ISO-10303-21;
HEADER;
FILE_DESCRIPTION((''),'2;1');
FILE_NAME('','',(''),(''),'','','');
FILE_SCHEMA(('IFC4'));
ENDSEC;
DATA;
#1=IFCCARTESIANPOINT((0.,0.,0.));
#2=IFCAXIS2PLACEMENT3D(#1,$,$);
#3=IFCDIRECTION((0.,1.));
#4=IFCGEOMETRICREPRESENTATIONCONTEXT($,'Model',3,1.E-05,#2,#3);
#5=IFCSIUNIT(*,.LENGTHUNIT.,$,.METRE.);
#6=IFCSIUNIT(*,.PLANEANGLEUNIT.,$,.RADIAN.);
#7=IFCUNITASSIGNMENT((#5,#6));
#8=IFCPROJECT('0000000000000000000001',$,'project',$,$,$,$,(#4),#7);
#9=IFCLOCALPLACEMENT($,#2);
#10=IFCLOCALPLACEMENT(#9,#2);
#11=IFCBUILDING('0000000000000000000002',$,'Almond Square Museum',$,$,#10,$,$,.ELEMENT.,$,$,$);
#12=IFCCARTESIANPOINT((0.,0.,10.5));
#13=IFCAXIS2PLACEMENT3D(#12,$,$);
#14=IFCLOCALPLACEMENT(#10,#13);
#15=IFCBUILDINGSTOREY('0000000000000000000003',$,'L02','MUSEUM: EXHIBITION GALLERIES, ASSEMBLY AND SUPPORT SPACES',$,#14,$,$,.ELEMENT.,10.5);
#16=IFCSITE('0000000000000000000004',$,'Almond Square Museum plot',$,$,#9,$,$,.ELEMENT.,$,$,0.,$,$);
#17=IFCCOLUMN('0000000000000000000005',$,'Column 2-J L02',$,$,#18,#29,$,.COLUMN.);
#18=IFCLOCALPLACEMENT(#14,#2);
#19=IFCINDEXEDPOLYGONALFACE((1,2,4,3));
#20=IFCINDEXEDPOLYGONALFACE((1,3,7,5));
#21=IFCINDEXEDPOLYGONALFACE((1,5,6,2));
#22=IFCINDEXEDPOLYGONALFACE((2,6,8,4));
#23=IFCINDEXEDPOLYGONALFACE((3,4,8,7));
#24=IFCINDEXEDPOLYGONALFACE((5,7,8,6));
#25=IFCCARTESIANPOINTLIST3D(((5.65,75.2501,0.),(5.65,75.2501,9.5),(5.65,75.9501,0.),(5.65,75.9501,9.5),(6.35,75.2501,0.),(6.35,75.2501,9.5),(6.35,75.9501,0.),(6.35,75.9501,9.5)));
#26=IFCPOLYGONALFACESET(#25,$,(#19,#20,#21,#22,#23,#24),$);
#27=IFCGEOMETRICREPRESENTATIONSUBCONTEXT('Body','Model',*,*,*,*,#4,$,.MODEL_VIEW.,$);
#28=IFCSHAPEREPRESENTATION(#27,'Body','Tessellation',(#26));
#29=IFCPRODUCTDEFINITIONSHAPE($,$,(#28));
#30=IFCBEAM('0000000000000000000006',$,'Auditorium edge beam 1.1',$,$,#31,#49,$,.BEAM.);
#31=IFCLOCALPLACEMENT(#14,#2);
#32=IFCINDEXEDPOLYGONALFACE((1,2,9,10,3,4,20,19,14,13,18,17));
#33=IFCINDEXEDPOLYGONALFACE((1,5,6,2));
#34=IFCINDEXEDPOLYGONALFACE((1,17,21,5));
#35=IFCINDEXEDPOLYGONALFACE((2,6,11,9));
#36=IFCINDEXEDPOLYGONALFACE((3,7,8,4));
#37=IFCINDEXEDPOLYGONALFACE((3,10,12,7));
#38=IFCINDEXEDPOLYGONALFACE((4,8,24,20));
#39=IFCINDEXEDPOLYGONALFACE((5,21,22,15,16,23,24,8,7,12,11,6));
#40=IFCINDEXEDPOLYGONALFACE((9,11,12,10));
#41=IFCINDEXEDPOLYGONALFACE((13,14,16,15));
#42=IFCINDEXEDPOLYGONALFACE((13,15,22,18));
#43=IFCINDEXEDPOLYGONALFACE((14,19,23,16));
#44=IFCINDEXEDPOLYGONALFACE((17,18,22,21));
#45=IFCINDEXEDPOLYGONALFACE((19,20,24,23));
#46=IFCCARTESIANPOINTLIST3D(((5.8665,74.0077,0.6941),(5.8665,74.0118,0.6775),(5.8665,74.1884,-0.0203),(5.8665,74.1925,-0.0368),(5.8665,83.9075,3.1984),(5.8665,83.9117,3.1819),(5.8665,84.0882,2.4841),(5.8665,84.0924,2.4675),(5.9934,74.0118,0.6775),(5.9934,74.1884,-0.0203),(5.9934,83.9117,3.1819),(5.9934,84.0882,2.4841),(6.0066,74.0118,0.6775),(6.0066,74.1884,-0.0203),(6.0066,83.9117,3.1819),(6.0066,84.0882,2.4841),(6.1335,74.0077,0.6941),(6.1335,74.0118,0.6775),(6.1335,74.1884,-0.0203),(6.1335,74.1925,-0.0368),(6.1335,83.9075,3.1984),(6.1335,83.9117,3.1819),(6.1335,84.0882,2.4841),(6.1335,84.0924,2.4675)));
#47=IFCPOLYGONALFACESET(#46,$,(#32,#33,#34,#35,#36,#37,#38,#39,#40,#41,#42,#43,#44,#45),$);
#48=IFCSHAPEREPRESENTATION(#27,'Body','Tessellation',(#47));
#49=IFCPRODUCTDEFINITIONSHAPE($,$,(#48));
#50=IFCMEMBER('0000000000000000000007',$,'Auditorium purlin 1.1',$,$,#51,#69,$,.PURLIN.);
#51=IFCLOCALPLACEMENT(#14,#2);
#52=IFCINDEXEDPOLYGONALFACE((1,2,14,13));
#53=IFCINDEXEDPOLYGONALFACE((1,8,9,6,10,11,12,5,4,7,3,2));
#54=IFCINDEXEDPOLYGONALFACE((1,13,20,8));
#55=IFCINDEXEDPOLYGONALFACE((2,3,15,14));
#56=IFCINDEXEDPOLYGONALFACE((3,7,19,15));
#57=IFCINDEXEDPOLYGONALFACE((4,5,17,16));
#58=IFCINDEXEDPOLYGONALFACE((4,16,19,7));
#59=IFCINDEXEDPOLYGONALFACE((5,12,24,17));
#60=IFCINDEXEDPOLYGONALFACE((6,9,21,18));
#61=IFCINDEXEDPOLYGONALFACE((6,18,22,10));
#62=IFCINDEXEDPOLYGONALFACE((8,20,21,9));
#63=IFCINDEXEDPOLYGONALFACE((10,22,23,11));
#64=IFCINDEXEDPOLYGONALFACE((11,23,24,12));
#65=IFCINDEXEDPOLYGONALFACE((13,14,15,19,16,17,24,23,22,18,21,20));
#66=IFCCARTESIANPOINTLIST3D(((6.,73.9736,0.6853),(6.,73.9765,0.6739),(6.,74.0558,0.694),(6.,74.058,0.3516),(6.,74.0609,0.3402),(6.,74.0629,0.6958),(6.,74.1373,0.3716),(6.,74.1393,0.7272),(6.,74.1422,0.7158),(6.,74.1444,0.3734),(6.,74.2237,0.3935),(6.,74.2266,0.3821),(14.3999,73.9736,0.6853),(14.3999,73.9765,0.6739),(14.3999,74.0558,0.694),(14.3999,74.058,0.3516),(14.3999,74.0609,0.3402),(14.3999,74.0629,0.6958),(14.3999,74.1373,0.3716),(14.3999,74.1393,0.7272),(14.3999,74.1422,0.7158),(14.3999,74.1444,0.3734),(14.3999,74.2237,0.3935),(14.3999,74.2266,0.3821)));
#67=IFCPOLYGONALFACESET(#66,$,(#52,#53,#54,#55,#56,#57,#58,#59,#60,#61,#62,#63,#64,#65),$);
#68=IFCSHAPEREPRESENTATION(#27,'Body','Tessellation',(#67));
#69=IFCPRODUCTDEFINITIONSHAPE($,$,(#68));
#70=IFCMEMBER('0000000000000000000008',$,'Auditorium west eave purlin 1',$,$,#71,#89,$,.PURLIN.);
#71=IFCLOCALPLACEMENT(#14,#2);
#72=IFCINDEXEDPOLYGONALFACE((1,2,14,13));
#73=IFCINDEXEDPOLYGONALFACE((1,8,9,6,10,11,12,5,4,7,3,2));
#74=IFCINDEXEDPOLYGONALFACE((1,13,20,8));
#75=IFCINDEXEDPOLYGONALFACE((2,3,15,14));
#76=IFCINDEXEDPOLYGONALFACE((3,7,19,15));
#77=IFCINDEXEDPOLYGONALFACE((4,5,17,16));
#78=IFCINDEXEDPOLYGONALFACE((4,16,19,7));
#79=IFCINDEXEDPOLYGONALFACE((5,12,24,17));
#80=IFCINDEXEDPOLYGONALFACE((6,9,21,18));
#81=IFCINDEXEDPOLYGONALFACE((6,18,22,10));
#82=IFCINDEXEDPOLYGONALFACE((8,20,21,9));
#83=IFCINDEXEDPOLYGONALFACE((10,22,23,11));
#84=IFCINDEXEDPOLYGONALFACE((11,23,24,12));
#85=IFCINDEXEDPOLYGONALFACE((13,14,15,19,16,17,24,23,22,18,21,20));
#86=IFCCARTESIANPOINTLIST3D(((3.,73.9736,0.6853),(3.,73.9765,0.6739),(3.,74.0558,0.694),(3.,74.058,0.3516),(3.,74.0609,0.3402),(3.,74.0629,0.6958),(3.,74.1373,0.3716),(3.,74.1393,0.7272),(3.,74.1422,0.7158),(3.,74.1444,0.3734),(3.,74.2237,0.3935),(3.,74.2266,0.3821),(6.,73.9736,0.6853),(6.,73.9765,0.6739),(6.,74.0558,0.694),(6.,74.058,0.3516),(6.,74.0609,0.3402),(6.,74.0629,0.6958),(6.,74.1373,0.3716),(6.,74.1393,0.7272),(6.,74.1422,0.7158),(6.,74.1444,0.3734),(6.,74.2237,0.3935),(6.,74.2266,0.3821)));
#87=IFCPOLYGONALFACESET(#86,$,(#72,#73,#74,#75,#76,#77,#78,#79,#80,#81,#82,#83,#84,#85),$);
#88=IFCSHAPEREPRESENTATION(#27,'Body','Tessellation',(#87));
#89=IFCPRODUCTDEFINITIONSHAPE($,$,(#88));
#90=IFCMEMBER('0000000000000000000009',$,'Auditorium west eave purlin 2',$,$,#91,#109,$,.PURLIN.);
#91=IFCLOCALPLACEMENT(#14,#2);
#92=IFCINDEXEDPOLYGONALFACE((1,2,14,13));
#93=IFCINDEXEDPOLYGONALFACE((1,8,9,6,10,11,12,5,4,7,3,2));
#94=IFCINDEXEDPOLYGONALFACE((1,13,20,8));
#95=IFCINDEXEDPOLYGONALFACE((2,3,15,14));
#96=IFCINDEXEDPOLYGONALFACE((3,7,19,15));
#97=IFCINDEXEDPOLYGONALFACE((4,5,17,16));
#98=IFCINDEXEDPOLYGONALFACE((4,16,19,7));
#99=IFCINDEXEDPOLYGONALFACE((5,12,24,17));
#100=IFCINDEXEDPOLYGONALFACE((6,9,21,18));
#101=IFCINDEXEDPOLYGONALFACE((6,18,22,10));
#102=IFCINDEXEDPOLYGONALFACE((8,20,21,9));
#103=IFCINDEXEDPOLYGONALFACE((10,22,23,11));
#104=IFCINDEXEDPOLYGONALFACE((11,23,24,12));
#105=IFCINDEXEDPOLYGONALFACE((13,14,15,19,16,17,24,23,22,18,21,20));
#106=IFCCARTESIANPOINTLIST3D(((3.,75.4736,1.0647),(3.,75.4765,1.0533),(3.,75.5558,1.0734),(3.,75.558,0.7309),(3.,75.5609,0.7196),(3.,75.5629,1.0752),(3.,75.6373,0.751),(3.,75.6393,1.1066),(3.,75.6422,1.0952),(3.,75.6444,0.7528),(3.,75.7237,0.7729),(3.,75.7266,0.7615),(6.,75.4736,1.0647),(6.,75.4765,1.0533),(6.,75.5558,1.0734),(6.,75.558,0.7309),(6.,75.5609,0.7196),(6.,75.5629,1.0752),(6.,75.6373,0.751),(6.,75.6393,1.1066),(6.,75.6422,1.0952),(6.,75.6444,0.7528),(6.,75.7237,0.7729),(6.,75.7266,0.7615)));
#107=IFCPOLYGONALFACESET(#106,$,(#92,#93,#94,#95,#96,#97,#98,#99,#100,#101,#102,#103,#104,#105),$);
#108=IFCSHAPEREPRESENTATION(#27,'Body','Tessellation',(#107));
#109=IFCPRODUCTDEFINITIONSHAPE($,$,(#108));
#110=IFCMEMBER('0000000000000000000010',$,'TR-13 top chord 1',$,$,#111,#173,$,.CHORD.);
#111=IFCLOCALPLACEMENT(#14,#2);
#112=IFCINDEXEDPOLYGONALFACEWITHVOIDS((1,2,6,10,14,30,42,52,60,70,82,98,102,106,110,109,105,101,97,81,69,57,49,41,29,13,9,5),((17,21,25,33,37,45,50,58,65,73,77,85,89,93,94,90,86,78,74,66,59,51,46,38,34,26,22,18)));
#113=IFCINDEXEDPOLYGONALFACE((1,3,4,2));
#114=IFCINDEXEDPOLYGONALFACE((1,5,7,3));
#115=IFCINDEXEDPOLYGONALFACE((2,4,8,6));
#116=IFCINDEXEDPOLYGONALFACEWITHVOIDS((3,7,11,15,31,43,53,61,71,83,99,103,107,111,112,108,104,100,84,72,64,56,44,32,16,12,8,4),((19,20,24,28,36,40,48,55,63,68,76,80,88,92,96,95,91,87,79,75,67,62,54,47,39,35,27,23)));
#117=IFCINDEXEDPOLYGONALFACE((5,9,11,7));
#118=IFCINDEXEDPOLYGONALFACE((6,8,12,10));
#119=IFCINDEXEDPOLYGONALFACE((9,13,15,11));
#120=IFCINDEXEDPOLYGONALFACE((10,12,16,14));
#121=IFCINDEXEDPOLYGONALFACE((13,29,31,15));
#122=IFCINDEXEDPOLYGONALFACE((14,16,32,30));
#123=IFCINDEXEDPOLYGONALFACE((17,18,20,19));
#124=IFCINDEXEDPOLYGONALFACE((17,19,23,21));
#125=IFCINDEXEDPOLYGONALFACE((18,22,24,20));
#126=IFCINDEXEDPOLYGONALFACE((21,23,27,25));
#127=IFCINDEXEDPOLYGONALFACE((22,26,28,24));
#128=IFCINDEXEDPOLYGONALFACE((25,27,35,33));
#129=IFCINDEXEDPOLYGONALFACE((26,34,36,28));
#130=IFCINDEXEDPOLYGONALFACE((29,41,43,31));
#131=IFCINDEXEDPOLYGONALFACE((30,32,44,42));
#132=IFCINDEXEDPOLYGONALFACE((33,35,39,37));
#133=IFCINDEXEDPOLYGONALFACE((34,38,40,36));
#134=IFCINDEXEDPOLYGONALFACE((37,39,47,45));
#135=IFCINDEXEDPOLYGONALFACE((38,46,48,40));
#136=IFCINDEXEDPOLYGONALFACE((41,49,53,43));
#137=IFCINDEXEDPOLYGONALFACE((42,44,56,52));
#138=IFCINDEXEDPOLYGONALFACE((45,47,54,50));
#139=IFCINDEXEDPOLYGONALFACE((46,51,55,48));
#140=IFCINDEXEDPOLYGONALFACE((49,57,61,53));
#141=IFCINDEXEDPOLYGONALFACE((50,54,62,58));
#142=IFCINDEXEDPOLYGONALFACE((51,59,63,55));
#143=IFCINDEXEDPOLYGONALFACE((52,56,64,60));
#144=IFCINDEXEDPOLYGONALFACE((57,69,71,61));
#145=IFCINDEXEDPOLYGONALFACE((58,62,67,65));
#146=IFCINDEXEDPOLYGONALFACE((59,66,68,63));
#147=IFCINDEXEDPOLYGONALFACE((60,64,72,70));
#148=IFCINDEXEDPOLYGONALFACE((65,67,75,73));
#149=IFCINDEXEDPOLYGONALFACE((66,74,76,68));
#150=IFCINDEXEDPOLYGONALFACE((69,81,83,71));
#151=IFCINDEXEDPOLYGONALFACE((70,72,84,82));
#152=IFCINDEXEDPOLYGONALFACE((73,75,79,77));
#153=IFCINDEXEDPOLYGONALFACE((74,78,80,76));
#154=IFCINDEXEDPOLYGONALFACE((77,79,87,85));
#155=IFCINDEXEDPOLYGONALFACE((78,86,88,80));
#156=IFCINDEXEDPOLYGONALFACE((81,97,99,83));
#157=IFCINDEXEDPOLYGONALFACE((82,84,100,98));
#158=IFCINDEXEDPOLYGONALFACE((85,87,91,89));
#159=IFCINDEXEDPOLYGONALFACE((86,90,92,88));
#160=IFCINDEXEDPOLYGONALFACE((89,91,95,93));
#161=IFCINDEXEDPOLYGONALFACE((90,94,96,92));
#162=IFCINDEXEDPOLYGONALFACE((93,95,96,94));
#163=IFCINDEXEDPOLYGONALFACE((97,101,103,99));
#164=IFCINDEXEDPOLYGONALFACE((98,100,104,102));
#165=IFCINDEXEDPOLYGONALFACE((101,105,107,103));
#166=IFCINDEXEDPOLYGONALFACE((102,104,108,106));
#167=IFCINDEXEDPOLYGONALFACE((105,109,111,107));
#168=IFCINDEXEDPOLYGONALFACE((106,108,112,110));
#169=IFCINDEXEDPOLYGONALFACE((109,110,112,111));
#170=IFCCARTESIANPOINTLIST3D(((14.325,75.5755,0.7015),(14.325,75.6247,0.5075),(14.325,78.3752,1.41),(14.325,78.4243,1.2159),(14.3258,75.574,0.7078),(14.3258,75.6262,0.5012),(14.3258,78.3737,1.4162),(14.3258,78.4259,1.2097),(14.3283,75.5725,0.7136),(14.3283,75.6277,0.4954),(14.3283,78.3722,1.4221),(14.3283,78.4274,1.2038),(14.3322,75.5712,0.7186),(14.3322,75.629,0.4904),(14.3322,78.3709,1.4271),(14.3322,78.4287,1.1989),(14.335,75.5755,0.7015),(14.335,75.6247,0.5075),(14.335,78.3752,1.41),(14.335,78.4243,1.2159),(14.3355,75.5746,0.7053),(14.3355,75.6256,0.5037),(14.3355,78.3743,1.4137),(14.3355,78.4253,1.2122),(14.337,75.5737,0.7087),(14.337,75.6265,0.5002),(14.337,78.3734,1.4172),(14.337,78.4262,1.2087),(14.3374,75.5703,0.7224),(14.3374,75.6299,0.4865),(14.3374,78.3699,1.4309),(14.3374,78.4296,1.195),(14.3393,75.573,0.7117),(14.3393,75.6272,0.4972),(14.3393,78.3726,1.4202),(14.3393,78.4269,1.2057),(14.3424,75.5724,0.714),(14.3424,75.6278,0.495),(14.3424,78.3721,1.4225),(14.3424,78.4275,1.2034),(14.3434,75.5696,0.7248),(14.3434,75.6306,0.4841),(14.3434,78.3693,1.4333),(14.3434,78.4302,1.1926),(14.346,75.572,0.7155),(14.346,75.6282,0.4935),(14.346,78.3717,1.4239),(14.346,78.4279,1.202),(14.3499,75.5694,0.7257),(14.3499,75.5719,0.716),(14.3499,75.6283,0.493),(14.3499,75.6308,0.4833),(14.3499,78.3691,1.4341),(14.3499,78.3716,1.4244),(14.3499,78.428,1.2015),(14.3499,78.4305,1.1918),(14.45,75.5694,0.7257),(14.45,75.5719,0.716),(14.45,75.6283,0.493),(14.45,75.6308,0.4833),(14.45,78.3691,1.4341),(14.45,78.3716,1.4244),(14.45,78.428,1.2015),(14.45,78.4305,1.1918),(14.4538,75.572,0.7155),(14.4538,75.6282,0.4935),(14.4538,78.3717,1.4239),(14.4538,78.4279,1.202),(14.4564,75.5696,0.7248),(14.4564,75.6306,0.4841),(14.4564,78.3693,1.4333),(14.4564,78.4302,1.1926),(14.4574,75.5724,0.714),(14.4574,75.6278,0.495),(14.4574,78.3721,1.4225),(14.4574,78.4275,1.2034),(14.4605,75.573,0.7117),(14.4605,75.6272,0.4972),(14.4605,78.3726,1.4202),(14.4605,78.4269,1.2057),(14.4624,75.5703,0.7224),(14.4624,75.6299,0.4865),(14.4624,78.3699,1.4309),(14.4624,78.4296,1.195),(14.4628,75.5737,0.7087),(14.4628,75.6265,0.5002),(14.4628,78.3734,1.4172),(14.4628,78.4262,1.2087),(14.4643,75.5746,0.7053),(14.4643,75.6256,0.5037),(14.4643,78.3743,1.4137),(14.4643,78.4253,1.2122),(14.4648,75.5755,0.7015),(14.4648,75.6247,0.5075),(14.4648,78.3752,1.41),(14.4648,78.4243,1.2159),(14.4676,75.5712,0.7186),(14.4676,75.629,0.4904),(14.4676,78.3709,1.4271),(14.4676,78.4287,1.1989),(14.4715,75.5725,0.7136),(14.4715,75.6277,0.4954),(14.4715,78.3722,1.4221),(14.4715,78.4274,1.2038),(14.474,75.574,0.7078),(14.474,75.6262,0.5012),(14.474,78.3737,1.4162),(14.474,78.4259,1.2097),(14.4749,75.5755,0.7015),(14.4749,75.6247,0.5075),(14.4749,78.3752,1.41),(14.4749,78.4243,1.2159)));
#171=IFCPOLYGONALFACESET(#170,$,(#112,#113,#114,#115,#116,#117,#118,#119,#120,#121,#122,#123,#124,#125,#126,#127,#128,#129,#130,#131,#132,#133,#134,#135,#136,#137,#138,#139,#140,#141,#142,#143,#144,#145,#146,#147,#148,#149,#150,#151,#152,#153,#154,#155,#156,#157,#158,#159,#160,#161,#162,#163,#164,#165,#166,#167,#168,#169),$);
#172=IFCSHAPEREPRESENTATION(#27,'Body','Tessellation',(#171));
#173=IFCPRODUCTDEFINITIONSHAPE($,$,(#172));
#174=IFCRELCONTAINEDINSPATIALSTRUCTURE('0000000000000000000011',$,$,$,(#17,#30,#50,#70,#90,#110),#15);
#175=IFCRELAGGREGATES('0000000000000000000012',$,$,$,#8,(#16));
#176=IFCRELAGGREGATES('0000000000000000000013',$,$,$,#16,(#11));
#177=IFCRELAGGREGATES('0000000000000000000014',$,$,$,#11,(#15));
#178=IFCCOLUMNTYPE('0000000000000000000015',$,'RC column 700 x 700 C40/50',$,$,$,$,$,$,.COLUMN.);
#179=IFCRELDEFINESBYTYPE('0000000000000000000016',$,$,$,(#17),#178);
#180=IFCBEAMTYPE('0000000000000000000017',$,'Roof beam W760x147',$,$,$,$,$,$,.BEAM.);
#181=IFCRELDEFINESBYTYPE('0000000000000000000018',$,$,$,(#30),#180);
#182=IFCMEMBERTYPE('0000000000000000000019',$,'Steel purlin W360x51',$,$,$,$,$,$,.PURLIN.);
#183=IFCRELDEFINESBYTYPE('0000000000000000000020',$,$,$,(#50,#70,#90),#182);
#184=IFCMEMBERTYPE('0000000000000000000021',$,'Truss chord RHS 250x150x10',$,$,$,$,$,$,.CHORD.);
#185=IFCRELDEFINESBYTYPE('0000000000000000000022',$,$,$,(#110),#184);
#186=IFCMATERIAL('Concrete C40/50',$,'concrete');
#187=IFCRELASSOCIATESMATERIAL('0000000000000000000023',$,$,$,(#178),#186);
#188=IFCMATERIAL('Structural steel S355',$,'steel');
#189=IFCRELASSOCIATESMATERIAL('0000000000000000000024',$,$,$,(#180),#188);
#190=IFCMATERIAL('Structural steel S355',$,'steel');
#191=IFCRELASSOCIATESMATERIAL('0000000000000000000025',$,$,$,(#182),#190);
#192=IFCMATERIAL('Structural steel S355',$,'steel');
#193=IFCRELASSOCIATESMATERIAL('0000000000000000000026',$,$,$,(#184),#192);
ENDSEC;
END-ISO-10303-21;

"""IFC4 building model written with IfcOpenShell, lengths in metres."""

from ifc_helpers import new_model, si_unit, direction, frame, origin, origin_2d, place, context, subcontext, project, spatial, rectangle, hollow_rectangle, i_section, extrude, material, material_profile, profile_set, type_object, element, save


model = new_model("IFC4")

# Units and contexts
model_context = context("Model", 3, precision=1e-05, world=origin(), true_north=direction((0.0, 1.0)))
body_context = subcontext(model_context, "Body", "Model", "MODEL_VIEW")
ifc_project = project(units=[si_unit("LENGTHUNIT", "METRE"), si_unit("PLANEANGLEUNIT", "RADIAN")], contexts=[model_context])

# Site, building, storey
site_placement = place(None, origin())
site = spatial("IfcSite", under=ifc_project, at=site_placement, Name="Almond Square Museum plot", CompositionType="ELEMENT", RefElevation=0.0)
building_placement = place(site_placement, origin())
building = spatial("IfcBuilding", under=site, at=building_placement, Name="Almond Square Museum", CompositionType="ELEMENT")
storey_placement = place(building_placement, frame((0.0, 0.0, 10.5)))
storey = spatial("IfcBuildingStorey", under=building, at=storey_placement, Name="L02", Description="MUSEUM: EXHIBITION GALLERIES, ASSEMBLY AND SUPPORT SPACES", CompositionType="ELEMENT", Elevation=10.5)

# Column
ifc_material_1 = material(Name="Concrete C40/50", Category="concrete")
ifc_material_profile_1 = material_profile(ifc_material_1, rectangle(XDim=0.7, YDim=0.7, at=origin_2d()))
ifc_profile_set_1 = profile_set([ifc_material_profile_1], Name="Concrete C40/50")
column_type = type_object("IfcColumnType", Name="RC column 700 x 700 C40/50", PredefinedType="COLUMN", material=ifc_profile_set_1)
column_placement = place(storey_placement, frame((6.0, 75.6001, 0.0), z_axis=(0.0, 0.0, 1.0), x_axis=(1.0, 0.0, 0.0)))
element("IfcColumn", 1, at=column_placement, inside=storey, type_object=column_type, Name="Column 2-J L02", PredefinedType="COLUMN", context=body_context, shape_type="SweptSolid", body=[
    extrude(rectangle(XDim=0.7, YDim=0.7, at=origin_2d()), origin(), (0.0, 0.0, 1.0), 9.5),
])

# Beam
ifc_material_2 = material(Name="Structural steel S355", Category="steel")
ifc_material_profile_2 = material_profile(ifc_material_2, i_section(OverallWidth=0.2671, OverallDepth=0.7539, WebThickness=0.0132, FlangeThickness=0.0171, at=origin_2d()))
ifc_profile_set_2 = profile_set([ifc_material_profile_2], Name="Structural steel S355")
beam_type = type_object("IfcBeamType", Name="Roof beam W760x147", PredefinedType="BEAM", material=ifc_profile_set_2)
beam_placement = place(storey_placement, frame((6.0, 74.1001, 0.3286), z_axis=(0.0, 0.969461, 0.245246), x_axis=(-1.0, 0.0, 0.0)))
element("IfcBeam", 2, at=beam_placement, inside=storey, type_object=beam_type, Name="Auditorium edge beam 1.1", PredefinedType="BEAM", context=body_context, shape_type="SweptSolid", body=[
    extrude(i_section(OverallWidth=0.2671, OverallDepth=0.7539, WebThickness=0.0132, FlangeThickness=0.0171, at=origin_2d()), origin(), (0.0, 0.0, 1.0), 10.2117),
])

# Members
ifc_material_3 = material(Name="Structural steel S355", Category="steel")
ifc_material_profile_3 = material_profile(ifc_material_3, i_section(OverallWidth=0.1709, OverallDepth=0.356, WebThickness=0.0073, FlangeThickness=0.0117, at=origin_2d()))
ifc_profile_set_3 = profile_set([ifc_material_profile_3], Name="Structural steel S355")
member_type_1 = type_object("IfcMemberType", Name="Steel purlin W360x51", PredefinedType="PURLIN", material=ifc_profile_set_3)
member_1_placement = place(storey_placement, frame((6.0, 74.1001, 0.5337), z_axis=(1.0, 0.0, 0.0), x_axis=(0.0, 0.96946, 0.24525)))
element("IfcMember", 3, at=member_1_placement, inside=storey, type_object=member_type_1, Name="Auditorium purlin 1.1", PredefinedType="PURLIN", context=body_context, shape_type="SweptSolid", body=[
    extrude(i_section(OverallWidth=0.1709, OverallDepth=0.356, WebThickness=0.0073, FlangeThickness=0.0117, at=origin_2d()), origin(), (0.0, 0.0, 1.0), 8.3999),
])
for number, where, z_axis, x_axis, name in (
    (4, (3.0, 74.1001, 0.5337), (1.0, 0.0, 0.0), (0.0, 0.96946, 0.24525), "Auditorium west eave purlin 1"),
    (5, (3.0, 75.6001, 0.9131), (1.0, 0.0, 0.0), (0.0, 0.96946, 0.24525), "Auditorium west eave purlin 2"),
):
    element("IfcMember", number, at=place(storey_placement, frame(where, z_axis=z_axis, x_axis=x_axis)), inside=storey, type_object=member_type_1, Name=name, PredefinedType="PURLIN", context=body_context, shape_type="SweptSolid", body=[
        extrude(i_section(OverallWidth=0.1709, OverallDepth=0.356, WebThickness=0.0073, FlangeThickness=0.0117, at=origin_2d()), origin(), (0.0, 0.0, 1.0), 3.0),
    ])
ifc_material_4 = material(Name="Structural steel S355", Category="steel")
ifc_material_profile_4 = material_profile(ifc_material_4, hollow_rectangle(XDim=0.1499, YDim=0.25, WallThickness=0.01, InnerFilletRadius=0.0149, OuterFilletRadius=0.0249, at=origin_2d()))
ifc_profile_set_4 = profile_set([ifc_material_profile_4], Name="Structural steel S355")
member_type_2 = type_object("IfcMemberType", Name="Truss chord RHS 250x150x10", PredefinedType="CHORD", material=ifc_profile_set_4)
member_2_placement = place(storey_placement, frame((14.3999, 75.6001, 0.6045), z_axis=(0.0, 0.969442, 0.245319), x_axis=(-1.0, 0.0, 0.0)))
element("IfcMember", 6, at=member_2_placement, inside=storey, type_object=member_type_2, Name="TR-13 top chord 1", PredefinedType="CHORD", context=body_context, shape_type="SweptSolid", body=[
    extrude(hollow_rectangle(XDim=0.1499, YDim=0.25, WallThickness=0.01, InnerFilletRadius=0.0149, OuterFilletRadius=0.0249, at=origin_2d()), origin(), (0.0, 0.0, 1.0), 2.8879),
])

save(model, "model.ifc")
